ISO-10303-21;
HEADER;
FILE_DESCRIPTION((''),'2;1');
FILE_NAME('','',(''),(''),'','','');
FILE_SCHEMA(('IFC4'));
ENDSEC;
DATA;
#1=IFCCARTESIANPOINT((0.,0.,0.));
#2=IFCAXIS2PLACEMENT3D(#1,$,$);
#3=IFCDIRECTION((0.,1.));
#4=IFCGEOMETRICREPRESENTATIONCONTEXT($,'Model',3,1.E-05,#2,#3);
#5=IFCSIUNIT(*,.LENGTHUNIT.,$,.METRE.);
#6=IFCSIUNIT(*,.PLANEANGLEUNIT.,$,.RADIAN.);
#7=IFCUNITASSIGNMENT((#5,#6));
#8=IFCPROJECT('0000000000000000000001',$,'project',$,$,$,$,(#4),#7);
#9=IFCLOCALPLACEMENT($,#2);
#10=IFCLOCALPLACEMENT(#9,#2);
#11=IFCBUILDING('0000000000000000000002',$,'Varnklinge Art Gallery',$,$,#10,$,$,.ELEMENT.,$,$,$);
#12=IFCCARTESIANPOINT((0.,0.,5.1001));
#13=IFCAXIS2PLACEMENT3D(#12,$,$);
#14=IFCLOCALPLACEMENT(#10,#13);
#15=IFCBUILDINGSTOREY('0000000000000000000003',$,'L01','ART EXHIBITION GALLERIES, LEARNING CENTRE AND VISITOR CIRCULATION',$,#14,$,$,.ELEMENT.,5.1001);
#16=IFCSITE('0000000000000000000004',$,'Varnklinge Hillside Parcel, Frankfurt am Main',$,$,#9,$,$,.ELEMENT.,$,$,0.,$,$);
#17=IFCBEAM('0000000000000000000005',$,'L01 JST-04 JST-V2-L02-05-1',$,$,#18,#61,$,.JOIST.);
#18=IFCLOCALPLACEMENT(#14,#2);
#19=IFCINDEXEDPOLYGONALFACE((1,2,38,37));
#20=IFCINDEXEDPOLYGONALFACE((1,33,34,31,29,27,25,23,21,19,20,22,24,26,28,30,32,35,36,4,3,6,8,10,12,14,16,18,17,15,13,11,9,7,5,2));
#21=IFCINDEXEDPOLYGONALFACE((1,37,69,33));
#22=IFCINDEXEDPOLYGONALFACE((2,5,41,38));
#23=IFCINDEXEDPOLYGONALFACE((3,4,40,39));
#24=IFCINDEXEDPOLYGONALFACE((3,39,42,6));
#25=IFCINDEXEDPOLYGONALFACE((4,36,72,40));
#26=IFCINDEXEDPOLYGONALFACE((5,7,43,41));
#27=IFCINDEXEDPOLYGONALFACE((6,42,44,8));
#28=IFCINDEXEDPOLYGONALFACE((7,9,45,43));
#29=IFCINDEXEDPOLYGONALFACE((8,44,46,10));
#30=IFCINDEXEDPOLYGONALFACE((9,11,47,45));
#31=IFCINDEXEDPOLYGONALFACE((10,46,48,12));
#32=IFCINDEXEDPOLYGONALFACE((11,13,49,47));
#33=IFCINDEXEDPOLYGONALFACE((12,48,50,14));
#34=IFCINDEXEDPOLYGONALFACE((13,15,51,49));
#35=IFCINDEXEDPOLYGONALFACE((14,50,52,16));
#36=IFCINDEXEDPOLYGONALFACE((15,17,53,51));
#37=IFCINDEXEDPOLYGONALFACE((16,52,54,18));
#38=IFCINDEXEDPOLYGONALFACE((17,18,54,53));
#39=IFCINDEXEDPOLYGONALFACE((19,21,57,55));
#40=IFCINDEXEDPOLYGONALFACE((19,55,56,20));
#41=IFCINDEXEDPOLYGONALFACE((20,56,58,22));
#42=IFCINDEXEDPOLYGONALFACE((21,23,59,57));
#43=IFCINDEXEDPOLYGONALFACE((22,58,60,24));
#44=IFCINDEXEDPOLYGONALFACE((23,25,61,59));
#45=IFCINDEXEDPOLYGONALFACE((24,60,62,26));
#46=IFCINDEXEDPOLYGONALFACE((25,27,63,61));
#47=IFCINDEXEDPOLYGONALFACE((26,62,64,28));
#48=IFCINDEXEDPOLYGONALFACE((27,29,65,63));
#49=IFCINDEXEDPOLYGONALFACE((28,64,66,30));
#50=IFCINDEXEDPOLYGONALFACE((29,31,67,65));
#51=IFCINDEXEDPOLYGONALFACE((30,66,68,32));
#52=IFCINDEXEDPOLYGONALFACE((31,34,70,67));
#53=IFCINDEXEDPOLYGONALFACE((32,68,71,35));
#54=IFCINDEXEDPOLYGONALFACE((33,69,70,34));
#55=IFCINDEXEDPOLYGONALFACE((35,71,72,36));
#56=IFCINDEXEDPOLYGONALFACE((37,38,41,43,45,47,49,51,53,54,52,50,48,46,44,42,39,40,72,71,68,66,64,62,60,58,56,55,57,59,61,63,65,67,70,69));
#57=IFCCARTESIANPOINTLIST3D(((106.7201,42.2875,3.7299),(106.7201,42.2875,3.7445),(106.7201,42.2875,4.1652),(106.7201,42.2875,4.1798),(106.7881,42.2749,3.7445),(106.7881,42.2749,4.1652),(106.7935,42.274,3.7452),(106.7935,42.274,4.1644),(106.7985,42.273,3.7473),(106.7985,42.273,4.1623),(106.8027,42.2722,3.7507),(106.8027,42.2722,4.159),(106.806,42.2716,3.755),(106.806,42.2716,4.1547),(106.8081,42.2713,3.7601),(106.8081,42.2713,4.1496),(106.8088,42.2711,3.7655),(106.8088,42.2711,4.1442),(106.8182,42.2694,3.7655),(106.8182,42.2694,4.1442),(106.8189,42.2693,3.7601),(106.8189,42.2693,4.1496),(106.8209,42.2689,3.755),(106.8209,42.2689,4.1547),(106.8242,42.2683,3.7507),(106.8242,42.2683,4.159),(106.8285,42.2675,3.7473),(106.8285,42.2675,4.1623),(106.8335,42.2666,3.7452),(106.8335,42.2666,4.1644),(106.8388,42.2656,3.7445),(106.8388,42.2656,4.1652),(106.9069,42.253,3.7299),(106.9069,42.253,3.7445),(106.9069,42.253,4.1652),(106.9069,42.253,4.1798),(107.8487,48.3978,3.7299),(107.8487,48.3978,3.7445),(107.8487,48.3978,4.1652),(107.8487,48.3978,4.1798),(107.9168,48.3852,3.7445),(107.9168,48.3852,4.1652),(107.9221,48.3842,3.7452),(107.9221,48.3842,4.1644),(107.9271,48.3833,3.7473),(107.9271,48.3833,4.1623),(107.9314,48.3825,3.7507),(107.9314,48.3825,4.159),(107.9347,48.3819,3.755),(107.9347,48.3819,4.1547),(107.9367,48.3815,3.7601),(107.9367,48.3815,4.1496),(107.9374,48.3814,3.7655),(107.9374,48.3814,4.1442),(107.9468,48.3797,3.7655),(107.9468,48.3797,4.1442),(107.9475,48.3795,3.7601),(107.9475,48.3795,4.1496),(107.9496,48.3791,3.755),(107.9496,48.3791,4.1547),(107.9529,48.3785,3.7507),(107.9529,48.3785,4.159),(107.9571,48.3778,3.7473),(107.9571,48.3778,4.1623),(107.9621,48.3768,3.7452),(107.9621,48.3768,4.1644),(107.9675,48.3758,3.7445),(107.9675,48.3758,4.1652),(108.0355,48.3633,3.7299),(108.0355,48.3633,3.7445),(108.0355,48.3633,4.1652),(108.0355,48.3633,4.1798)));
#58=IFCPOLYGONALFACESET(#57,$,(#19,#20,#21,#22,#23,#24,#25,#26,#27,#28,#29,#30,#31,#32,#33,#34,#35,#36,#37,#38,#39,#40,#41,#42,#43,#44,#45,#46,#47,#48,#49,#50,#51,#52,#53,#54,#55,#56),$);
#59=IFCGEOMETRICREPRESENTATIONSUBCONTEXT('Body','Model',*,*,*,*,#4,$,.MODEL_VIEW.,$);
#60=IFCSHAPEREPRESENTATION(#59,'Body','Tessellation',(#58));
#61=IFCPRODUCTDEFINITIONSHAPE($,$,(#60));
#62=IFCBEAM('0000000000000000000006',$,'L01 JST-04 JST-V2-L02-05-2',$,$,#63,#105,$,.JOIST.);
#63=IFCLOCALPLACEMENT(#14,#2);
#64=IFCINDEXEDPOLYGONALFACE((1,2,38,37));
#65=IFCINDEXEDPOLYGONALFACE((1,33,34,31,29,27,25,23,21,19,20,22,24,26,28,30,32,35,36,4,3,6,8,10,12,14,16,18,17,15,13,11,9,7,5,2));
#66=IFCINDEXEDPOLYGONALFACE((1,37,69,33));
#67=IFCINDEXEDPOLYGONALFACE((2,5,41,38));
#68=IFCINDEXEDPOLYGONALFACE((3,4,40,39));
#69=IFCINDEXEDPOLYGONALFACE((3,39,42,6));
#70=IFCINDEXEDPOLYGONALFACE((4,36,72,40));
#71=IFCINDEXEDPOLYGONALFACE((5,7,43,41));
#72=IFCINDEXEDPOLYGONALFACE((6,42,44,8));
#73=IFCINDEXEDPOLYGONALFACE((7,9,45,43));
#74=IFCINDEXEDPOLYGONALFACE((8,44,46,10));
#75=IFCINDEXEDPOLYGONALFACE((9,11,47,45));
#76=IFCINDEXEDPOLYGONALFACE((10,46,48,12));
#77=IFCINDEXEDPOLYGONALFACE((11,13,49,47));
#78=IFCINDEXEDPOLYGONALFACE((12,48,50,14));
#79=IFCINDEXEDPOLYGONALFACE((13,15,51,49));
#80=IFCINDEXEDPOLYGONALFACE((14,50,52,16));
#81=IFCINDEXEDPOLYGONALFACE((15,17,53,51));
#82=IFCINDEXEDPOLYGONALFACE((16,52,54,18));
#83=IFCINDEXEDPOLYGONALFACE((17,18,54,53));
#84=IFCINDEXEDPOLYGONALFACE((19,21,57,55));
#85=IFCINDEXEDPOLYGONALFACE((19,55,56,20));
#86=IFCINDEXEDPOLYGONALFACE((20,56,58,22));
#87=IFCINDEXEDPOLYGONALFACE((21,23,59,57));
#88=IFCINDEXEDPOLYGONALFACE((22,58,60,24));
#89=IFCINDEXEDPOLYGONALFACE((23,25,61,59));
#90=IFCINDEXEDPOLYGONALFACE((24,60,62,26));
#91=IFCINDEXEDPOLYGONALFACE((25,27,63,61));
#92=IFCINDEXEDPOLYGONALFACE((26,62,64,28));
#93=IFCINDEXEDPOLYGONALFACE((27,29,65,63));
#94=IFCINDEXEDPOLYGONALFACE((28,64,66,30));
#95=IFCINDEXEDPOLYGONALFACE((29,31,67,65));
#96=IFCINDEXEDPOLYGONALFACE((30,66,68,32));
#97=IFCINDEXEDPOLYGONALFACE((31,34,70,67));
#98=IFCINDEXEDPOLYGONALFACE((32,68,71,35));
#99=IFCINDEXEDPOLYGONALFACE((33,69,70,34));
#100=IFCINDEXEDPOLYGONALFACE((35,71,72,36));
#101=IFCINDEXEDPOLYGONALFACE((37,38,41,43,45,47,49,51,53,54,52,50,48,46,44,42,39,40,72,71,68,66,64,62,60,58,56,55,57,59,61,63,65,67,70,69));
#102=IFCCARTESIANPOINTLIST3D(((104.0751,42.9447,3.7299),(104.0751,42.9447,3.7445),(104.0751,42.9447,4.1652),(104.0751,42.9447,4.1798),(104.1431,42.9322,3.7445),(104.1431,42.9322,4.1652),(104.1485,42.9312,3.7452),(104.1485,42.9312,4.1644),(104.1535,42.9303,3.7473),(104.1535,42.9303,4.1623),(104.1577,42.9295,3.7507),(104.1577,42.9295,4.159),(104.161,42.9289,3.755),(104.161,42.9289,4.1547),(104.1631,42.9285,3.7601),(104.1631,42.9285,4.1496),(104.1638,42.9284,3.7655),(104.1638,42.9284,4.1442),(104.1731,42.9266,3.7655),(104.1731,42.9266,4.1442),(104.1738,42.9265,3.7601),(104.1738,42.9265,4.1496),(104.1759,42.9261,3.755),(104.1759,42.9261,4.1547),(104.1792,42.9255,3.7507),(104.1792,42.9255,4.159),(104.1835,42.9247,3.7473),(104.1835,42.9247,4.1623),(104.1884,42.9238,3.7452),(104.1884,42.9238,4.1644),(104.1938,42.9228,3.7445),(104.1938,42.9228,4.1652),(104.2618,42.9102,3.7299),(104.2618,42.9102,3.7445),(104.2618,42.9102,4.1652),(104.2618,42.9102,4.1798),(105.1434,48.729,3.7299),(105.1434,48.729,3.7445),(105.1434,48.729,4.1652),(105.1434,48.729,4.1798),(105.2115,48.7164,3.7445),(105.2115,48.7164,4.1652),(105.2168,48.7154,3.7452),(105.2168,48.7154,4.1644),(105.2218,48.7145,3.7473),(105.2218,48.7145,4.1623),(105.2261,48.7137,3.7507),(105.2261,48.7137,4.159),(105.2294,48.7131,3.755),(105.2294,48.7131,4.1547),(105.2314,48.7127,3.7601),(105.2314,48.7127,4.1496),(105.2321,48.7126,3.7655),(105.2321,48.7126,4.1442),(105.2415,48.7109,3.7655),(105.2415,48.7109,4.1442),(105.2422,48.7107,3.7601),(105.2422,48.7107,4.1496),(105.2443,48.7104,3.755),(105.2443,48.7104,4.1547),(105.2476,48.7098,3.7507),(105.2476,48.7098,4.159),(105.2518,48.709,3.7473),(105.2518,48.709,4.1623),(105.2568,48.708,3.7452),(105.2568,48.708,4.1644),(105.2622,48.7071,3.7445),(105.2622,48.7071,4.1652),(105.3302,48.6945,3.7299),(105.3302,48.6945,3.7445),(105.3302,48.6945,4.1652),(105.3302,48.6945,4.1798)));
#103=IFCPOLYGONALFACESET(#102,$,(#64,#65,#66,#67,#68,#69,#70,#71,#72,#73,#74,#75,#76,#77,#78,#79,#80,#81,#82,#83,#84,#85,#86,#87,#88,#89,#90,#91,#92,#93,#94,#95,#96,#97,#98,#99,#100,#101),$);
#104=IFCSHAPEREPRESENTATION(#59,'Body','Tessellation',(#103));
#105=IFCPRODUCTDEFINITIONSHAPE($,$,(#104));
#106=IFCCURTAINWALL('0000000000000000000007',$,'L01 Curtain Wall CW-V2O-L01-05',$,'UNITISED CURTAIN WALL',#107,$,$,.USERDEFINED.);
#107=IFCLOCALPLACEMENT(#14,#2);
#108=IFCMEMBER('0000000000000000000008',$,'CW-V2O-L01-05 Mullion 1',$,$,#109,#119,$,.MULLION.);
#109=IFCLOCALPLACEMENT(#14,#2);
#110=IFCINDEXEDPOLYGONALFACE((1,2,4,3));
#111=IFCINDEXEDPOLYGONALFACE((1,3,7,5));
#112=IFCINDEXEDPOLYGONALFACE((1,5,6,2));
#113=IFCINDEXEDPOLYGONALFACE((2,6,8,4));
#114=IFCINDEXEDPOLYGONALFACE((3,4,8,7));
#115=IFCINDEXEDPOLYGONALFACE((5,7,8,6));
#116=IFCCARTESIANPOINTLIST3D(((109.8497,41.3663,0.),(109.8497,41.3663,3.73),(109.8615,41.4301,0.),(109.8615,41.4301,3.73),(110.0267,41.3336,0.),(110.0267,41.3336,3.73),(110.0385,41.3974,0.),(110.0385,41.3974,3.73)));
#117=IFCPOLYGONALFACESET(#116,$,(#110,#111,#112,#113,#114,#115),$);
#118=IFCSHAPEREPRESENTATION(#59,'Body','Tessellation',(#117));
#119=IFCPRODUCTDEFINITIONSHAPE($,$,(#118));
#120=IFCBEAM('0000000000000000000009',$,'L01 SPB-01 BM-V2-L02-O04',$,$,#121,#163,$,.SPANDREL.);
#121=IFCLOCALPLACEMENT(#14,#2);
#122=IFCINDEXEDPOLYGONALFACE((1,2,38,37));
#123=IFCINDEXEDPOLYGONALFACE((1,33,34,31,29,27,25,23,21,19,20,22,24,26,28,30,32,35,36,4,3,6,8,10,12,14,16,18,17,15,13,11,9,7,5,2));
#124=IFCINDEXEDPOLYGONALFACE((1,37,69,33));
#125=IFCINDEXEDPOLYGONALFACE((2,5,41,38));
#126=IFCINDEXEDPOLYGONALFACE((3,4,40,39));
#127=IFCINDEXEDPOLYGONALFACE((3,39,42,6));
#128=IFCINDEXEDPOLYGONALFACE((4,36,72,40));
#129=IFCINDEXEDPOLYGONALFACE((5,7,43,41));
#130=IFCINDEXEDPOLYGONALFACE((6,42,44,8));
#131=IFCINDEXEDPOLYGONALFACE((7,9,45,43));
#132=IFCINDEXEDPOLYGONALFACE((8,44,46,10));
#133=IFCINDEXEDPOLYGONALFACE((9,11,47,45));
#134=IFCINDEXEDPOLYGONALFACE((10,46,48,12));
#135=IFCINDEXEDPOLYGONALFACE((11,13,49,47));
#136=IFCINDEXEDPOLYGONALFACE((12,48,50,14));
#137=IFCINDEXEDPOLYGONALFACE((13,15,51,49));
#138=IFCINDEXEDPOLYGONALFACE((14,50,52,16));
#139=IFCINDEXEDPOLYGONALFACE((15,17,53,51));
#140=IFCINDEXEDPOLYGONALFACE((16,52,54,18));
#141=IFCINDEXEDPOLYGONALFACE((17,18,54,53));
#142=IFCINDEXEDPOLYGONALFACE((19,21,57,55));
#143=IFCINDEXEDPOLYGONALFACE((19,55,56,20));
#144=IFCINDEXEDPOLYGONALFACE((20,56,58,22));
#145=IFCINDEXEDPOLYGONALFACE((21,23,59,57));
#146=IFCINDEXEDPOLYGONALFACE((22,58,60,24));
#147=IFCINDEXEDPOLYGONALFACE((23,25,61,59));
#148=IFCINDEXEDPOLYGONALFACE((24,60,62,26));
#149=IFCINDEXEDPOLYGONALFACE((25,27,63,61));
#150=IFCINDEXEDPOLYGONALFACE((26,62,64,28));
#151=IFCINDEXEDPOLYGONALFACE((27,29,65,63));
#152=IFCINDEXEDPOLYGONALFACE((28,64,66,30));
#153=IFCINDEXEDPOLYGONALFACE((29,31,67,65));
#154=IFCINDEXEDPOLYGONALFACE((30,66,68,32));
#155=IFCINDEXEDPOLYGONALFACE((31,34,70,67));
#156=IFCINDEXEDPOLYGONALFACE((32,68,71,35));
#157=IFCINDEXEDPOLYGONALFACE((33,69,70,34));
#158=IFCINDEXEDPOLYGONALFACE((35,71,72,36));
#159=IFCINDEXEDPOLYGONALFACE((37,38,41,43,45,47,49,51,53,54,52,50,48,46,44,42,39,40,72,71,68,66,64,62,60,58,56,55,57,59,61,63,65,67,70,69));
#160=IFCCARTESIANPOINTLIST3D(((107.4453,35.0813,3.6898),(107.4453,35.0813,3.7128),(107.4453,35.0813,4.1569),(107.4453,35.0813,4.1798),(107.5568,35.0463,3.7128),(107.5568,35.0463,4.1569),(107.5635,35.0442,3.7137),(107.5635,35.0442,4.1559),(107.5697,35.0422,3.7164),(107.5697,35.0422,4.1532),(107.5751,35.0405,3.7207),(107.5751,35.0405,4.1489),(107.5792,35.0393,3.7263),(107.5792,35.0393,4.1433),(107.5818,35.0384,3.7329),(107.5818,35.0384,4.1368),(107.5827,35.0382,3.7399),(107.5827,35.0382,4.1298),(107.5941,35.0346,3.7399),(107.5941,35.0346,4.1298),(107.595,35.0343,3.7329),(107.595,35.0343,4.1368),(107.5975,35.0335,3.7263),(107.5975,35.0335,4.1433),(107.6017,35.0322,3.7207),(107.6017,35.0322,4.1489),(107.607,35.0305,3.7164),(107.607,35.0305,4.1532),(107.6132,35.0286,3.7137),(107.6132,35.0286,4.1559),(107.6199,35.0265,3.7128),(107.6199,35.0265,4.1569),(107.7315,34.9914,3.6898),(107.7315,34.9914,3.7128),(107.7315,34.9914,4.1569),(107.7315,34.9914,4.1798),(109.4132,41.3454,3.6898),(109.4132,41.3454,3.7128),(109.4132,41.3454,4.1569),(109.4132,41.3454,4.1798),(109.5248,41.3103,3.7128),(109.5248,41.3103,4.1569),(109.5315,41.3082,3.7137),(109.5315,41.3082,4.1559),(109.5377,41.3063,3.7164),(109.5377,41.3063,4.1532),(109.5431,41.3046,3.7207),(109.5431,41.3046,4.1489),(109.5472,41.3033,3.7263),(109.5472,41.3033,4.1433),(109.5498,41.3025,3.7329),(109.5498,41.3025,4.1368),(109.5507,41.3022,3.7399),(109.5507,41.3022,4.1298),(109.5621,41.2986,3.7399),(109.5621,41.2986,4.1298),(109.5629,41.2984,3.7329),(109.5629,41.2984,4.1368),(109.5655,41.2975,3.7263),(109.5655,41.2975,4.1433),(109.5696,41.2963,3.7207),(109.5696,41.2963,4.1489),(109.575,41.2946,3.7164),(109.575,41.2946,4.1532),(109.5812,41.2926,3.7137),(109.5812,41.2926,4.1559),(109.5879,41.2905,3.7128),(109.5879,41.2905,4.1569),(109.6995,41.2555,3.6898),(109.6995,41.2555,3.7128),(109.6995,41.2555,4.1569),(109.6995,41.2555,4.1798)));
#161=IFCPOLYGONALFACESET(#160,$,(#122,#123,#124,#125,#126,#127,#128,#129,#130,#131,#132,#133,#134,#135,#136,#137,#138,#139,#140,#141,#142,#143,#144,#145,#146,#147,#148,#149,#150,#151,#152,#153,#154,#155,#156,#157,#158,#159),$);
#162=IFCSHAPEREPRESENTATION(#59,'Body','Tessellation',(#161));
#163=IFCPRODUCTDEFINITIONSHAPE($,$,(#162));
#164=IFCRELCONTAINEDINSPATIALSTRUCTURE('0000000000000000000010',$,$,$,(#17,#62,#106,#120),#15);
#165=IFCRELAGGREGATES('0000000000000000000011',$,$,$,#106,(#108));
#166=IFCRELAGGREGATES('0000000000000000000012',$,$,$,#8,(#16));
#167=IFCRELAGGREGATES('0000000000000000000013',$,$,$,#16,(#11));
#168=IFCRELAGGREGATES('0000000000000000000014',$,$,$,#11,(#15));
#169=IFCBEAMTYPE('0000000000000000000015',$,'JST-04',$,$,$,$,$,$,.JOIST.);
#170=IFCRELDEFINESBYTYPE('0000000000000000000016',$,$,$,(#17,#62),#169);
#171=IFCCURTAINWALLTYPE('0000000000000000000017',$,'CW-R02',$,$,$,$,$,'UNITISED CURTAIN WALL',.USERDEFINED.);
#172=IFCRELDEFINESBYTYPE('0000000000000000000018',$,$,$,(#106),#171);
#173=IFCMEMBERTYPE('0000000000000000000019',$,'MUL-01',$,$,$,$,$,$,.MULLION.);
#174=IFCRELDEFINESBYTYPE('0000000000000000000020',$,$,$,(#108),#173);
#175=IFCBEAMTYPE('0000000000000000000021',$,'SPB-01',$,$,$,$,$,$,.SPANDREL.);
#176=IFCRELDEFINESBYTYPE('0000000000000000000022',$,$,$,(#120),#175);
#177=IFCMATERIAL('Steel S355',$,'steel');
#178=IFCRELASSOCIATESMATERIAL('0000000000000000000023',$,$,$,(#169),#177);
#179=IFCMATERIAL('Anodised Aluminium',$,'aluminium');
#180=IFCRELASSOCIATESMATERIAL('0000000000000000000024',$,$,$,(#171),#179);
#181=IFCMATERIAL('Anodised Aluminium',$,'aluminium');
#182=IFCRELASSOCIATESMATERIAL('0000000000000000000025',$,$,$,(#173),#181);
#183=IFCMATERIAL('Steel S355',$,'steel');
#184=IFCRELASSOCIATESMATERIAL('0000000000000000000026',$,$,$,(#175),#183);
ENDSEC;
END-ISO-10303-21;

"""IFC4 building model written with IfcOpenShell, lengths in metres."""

from ifc_helpers import new_model, si_unit, direction, frame, origin, origin_2d, place, context, subcontext, project, spatial, rectangle, i_section, extrude, material, material_profile, profile_set, type_object, element, aggregate, save


model = new_model("IFC4")

# Units and contexts
model_context = context("Model", 3, precision=1e-05, world=origin(), true_north=direction((0.0, 1.0)))
body_context = subcontext(model_context, "Body", "Model", "MODEL_VIEW")
ifc_project = project(units=[si_unit("LENGTHUNIT", "METRE"), si_unit("PLANEANGLEUNIT", "RADIAN")], contexts=[model_context])

# Site, building, storey
site_placement = place(None, origin())
site = spatial("IfcSite", under=ifc_project, at=site_placement, Name="Varnklinge Hillside Parcel, Frankfurt am Main", CompositionType="ELEMENT", RefElevation=0.0)
building_placement = place(site_placement, origin())
building = spatial("IfcBuilding", under=site, at=building_placement, Name="Varnklinge Art Gallery", CompositionType="ELEMENT")
storey_placement = place(building_placement, frame((0.0, 0.0, 5.1001)))
storey = spatial("IfcBuildingStorey", under=building, at=storey_placement, Name="L01", Description="ART EXHIBITION GALLERIES, LEARNING CENTRE AND VISITOR CIRCULATION", CompositionType="ELEMENT", Elevation=5.1001)

# Beams
ifc_material_1 = material(Name="Steel S355", Category="steel")
ifc_material_profile_1 = material_profile(ifc_material_1, i_section(OverallWidth=0.1899, OverallDepth=0.45, WebThickness=0.0095, FlangeThickness=0.0146, FilletRadius=0.021, at=origin_2d()), Name="IPE 450")
ifc_profile_set_1 = profile_set([ifc_material_profile_1], Name="Steel S355")
beam_type_1 = type_object("IfcBeamType", Name="JST-04", PredefinedType="JOIST", material=ifc_profile_set_1)
beam_1_placement = place(storey_placement, frame((106.8135, 42.2703, 3.9548), z_axis=(0.18164, 0.983365, 0.0), x_axis=(-0.983365, 0.18164, 0.0)))
element("IfcBeam", 1, at=beam_1_placement, inside=storey, type_object=beam_type_1, Name="L01 JST-04 JST-V2-L02-05-1", PredefinedType="JOIST", context=body_context, shape_type="SweptSolid", body=[
    extrude(i_section(OverallWidth=0.1899, OverallDepth=0.45, WebThickness=0.0095, FlangeThickness=0.0146, FilletRadius=0.021, at=origin_2d()), origin(), (0.0, 0.0, 1.0), 6.2136),
])
beam_2_placement = place(storey_placement, frame((104.1685, 42.9275, 3.9548), z_axis=(0.181631, 0.983367, 0.0), x_axis=(-0.983367, 0.181631, 0.0)))
element("IfcBeam", 2, at=beam_2_placement, inside=storey, type_object=beam_type_1, Name="L01 JST-04 JST-V2-L02-05-2", PredefinedType="JOIST", context=body_context, shape_type="SweptSolid", body=[
    extrude(i_section(OverallWidth=0.1899, OverallDepth=0.45, WebThickness=0.0095, FlangeThickness=0.0146, FilletRadius=0.021, at=origin_2d()), origin(), (0.0, 0.0, 1.0), 5.8821),
])

# Curtain wall, member
ifc_material_2 = material(Name="Anodised Aluminium", Category="aluminium")
curtain_wall_type = type_object("IfcCurtainWallType", Name="CW-R02", ElementType="UNITISED CURTAIN WALL", PredefinedType="USERDEFINED", material=ifc_material_2)
curtain_wall_placement = place(storey_placement, origin())
curtain_wall = element("IfcCurtainWall", 3, at=curtain_wall_placement, inside=storey, type_object=curtain_wall_type, Name="L01 Curtain Wall CW-V2O-L01-05", ObjectType="UNITISED CURTAIN WALL", PredefinedType="USERDEFINED")
ifc_material_3 = material(Name="Anodised Aluminium", Category="aluminium")
ifc_material_profile_2 = material_profile(ifc_material_3, rectangle(XDim=0.0649, YDim=0.1799, at=origin_2d()), Name="ALU 65x180")
ifc_profile_set_2 = profile_set([ifc_material_profile_2], Name="Anodised Aluminium")
member_type_1 = type_object("IfcMemberType", Name="MUL-01", PredefinedType="MULLION", material=ifc_profile_set_2)
member_1_placement = place(storey_placement, frame((109.9441, 41.3818, 0.0), z_axis=(0.0, 0.0, 1.0), x_axis=(0.181721, 0.98335, 0.0)))
member_1 = element("IfcMember", 4, at=member_1_placement, type_object=member_type_1, Name="CW-V2O-L01-05 Mullion 1", PredefinedType="MULLION", context=body_context, shape_type="SweptSolid", body=[
    extrude(rectangle(XDim=0.0649, YDim=0.1799, at=origin_2d()), origin(), (0.0, 0.0, 1.0), 3.73),
])

# Beam
ifc_material_4 = material(Name="Steel S355", Category="steel")
ifc_material_profile_3 = material_profile(ifc_material_4, i_section(OverallWidth=0.3, OverallDepth=0.49, WebThickness=0.012, FlangeThickness=0.0229, FilletRadius=0.0271, at=origin_2d()), Name="HEA 500")
ifc_profile_set_3 = profile_set([ifc_material_profile_3], Name="Steel S355")
beam_type_2 = type_object("IfcBeamType", Name="SPB-01", PredefinedType="SPANDREL", material=ifc_profile_set_3)
beam_3_placement = place(storey_placement, frame((107.5884, 35.0364, 3.9348), z_axis=(0.299727, 0.954025, 0.0), x_axis=(-0.954025, 0.299727, 0.0)))
element("IfcBeam", 5, at=beam_3_placement, inside=storey, type_object=beam_type_2, Name="L01 SPB-01 BM-V2-L02-O04", PredefinedType="SPANDREL", context=body_context, shape_type="SweptSolid", body=[
    extrude(i_section(OverallWidth=0.3, OverallDepth=0.49, WebThickness=0.012, FlangeThickness=0.0229, FilletRadius=0.0271, at=origin_2d()), origin(), (0.0, 0.0, 1.0), 6.5659),
])

aggregate(curtain_wall, [member_1])

save(model, "model.ifc")
